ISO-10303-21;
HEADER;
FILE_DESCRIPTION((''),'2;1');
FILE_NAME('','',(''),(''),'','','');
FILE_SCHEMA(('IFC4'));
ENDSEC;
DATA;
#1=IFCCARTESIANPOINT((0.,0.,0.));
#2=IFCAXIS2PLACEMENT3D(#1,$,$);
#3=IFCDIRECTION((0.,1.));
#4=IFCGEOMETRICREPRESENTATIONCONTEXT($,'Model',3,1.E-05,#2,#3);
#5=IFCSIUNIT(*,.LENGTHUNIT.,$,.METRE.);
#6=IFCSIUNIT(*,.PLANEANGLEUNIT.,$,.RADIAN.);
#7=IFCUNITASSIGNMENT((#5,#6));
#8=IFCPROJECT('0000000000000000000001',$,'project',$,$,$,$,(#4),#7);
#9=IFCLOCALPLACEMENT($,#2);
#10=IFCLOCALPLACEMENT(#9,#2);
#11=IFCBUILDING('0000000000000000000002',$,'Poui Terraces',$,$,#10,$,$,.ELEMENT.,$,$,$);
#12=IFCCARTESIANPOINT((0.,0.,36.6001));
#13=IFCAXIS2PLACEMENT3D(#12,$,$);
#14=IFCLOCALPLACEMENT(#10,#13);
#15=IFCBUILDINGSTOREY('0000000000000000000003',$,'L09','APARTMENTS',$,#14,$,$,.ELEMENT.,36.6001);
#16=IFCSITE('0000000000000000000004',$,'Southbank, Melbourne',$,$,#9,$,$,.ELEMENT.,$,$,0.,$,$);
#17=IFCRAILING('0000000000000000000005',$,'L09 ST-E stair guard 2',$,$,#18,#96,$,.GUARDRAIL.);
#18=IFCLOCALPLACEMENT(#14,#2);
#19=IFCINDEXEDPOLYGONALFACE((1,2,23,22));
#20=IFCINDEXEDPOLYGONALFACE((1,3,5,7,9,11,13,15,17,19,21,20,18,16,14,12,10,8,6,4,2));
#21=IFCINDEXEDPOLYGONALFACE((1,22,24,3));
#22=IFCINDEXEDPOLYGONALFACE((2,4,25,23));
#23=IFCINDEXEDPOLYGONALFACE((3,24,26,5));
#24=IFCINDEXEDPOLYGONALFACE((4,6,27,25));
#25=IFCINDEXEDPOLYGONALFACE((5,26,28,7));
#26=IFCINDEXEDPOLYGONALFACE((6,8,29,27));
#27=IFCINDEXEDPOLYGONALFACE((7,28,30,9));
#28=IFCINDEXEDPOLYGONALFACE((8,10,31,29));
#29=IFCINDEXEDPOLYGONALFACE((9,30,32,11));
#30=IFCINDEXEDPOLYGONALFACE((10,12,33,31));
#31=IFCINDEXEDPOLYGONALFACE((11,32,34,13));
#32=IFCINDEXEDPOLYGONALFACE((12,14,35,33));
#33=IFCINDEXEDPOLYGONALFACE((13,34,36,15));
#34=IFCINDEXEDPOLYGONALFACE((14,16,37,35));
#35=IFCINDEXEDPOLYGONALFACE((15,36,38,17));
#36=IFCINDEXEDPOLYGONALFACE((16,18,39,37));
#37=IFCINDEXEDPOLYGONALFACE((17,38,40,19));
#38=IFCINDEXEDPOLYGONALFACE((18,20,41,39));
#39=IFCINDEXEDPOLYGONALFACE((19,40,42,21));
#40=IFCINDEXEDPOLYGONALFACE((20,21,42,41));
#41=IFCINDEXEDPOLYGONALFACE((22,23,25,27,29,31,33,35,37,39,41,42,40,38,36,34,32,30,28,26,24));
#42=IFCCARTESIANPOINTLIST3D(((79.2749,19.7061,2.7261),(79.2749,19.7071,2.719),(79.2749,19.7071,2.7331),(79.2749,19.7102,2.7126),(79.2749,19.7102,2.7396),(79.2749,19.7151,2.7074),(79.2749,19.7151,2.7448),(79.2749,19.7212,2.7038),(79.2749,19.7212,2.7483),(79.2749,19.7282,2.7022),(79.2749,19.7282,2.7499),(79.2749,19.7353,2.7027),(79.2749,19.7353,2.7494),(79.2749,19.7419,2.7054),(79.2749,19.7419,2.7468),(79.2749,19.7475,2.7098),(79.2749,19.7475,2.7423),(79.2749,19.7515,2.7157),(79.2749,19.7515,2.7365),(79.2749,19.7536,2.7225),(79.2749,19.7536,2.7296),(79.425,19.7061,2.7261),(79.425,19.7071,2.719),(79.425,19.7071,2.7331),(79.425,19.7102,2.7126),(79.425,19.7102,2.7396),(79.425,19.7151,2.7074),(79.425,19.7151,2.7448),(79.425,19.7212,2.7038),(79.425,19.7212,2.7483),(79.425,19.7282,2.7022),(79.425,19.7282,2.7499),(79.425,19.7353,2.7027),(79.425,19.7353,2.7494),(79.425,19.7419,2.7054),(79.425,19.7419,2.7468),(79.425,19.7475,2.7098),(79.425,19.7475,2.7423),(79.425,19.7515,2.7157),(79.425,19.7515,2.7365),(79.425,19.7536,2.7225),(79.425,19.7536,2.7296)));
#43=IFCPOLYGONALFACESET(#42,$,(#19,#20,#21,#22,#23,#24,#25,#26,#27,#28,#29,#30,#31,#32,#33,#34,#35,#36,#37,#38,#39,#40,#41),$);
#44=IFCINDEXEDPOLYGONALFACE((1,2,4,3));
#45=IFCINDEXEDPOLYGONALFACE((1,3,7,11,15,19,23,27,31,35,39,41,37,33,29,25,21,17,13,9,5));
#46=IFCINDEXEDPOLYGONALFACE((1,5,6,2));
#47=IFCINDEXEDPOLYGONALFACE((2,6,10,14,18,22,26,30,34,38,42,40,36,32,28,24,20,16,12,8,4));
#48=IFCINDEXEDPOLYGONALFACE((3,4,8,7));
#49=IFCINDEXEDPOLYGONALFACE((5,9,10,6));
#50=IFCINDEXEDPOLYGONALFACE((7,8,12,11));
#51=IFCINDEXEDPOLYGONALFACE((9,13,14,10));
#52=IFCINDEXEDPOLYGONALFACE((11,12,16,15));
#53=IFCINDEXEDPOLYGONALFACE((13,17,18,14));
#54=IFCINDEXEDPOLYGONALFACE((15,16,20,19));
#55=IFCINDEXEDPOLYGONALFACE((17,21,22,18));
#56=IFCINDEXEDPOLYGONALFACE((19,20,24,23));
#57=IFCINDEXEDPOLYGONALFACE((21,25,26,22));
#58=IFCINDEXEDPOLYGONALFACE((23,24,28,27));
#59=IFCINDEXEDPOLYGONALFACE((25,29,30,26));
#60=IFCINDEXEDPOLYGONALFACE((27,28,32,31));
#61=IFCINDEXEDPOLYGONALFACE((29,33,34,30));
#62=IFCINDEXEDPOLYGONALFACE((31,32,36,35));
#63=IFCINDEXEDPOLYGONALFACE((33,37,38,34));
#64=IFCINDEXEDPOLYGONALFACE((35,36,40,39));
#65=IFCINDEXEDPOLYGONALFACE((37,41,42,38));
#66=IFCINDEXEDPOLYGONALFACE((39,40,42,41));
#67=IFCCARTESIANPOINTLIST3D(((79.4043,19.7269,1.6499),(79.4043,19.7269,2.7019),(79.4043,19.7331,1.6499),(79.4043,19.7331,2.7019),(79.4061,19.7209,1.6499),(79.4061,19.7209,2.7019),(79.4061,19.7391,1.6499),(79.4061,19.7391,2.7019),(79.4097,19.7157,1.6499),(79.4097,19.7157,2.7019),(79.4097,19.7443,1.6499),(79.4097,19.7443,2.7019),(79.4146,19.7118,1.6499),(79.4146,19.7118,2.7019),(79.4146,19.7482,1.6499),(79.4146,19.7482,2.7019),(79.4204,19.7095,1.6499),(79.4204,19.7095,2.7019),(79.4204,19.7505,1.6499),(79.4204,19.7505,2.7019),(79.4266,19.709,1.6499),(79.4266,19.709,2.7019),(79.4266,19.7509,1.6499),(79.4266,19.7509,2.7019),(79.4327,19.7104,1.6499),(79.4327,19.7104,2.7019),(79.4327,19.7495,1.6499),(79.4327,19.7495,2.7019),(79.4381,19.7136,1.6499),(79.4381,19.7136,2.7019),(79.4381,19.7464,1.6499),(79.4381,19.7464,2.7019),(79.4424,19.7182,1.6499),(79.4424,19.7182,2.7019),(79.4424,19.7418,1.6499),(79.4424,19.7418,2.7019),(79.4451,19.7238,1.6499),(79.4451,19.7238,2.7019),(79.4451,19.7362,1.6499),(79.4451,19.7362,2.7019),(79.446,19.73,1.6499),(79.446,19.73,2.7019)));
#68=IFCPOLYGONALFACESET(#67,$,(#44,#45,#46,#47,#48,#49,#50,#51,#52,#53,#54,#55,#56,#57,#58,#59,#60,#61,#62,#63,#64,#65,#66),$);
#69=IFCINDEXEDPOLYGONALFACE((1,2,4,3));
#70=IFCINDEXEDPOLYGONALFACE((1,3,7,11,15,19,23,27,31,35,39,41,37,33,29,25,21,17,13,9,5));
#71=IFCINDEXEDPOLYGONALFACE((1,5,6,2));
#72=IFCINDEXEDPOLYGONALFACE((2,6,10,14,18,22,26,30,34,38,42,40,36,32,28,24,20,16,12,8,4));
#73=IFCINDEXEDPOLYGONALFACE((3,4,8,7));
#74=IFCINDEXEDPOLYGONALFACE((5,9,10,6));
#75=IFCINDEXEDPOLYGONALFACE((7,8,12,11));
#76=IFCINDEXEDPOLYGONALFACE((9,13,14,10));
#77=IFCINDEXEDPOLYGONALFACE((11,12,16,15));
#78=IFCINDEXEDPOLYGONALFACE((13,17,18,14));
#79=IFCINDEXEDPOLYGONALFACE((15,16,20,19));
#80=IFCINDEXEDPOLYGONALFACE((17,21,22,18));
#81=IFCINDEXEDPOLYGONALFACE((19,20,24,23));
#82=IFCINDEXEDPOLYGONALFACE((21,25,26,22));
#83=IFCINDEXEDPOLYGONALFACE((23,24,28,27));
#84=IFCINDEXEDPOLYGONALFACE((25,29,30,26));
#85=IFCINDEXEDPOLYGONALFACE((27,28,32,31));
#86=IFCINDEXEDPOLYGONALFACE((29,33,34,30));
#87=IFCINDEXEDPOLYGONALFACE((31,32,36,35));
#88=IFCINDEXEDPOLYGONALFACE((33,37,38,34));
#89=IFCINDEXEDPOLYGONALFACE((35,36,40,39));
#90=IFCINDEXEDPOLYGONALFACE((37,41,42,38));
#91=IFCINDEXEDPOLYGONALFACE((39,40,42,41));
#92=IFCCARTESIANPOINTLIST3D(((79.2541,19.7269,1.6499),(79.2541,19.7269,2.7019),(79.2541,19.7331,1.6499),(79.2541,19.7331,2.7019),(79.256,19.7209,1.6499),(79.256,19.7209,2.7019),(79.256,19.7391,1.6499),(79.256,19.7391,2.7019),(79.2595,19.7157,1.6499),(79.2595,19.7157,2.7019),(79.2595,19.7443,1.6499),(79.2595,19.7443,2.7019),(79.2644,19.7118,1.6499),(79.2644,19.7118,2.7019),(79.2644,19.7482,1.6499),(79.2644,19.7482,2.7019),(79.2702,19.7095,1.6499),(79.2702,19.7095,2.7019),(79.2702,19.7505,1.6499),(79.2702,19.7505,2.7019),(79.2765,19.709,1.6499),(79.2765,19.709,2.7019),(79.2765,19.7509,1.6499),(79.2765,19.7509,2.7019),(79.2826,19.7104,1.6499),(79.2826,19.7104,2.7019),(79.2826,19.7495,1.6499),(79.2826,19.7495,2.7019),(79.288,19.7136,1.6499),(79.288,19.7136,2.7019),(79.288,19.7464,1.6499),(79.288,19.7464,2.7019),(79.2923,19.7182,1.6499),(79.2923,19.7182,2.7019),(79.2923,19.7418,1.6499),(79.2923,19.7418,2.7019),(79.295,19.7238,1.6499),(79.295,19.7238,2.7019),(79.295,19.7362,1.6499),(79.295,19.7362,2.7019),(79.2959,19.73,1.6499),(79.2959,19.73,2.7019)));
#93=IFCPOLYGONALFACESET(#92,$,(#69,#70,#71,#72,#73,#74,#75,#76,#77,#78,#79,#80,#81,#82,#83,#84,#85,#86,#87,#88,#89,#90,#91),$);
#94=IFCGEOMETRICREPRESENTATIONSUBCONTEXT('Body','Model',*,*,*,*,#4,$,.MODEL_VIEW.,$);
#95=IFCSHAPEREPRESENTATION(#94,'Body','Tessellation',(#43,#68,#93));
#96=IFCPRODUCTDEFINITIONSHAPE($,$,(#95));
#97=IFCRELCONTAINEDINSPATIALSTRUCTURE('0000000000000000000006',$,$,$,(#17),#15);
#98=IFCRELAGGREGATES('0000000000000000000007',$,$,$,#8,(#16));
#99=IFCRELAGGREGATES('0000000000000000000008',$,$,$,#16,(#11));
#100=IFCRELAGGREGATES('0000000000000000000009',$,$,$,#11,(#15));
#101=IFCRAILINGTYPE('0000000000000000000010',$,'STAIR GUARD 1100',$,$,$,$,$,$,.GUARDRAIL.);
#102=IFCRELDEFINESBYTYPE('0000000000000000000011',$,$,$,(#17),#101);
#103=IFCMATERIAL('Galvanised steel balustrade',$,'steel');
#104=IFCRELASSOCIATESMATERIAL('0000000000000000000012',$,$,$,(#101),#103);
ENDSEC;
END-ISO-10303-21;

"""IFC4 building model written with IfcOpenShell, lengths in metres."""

from ifc_helpers import new_model, si_unit, direction, frame, origin, origin_2d, place, context, subcontext, project, spatial, circle, extrude, material, type_object, element, save


model = new_model("IFC4")

# Units and contexts
model_context = context("Model", 3, precision=1e-05, world=origin(), true_north=direction((0.0, 1.0)))
body_context = subcontext(model_context, "Body", "Model", "MODEL_VIEW")
ifc_project = project(units=[si_unit("LENGTHUNIT", "METRE"), si_unit("PLANEANGLEUNIT", "RADIAN")], contexts=[model_context])

# Site, building, storey
site_placement = place(None, origin())
site = spatial("IfcSite", under=ifc_project, at=site_placement, Name="Southbank, Melbourne", CompositionType="ELEMENT", RefElevation=0.0)
building_placement = place(site_placement, origin())
building = spatial("IfcBuilding", under=site, at=building_placement, Name="Poui Terraces", CompositionType="ELEMENT")
storey_placement = place(building_placement, frame((0.0, 0.0, 36.6001)))
storey = spatial("IfcBuildingStorey", under=building, at=storey_placement, Name="L09", Description="APARTMENTS", CompositionType="ELEMENT", Elevation=36.6001)

# Railing
ifc_material_1 = material(Name="Galvanised steel balustrade", Category="steel")
railing_type_1 = type_object("IfcRailingType", Name="STAIR GUARD 1100", PredefinedType="GUARDRAIL", material=ifc_material_1)
railing_1_placement = place(storey_placement, frame((79.425, 19.73, 1.6499)))
element("IfcRailing", 1, at=railing_1_placement, inside=storey, type_object=railing_type_1, Name="L09 ST-E stair guard 2", PredefinedType="GUARDRAIL", context=body_context, shape_type="SweptSolid", body=[
    extrude(circle(Radius=0.0239, at=origin_2d()), frame((0.0, 0.0, 1.0762), z_axis=(-1.0, 0.0, 0.0), x_axis=(0.0, -1.0, 0.0)), (0.0, 0.0, 1.0), 0.1501),
    extrude(circle(Radius=0.021, at=origin_2d()), origin(), (0.0, 0.0, 1.0), 1.052),
    extrude(circle(Radius=0.021, at=origin_2d()), frame((-0.1501, 0.0, 0.0)), (0.0, 0.0, 1.0), 1.052),
])

save(model, "model.ifc")
